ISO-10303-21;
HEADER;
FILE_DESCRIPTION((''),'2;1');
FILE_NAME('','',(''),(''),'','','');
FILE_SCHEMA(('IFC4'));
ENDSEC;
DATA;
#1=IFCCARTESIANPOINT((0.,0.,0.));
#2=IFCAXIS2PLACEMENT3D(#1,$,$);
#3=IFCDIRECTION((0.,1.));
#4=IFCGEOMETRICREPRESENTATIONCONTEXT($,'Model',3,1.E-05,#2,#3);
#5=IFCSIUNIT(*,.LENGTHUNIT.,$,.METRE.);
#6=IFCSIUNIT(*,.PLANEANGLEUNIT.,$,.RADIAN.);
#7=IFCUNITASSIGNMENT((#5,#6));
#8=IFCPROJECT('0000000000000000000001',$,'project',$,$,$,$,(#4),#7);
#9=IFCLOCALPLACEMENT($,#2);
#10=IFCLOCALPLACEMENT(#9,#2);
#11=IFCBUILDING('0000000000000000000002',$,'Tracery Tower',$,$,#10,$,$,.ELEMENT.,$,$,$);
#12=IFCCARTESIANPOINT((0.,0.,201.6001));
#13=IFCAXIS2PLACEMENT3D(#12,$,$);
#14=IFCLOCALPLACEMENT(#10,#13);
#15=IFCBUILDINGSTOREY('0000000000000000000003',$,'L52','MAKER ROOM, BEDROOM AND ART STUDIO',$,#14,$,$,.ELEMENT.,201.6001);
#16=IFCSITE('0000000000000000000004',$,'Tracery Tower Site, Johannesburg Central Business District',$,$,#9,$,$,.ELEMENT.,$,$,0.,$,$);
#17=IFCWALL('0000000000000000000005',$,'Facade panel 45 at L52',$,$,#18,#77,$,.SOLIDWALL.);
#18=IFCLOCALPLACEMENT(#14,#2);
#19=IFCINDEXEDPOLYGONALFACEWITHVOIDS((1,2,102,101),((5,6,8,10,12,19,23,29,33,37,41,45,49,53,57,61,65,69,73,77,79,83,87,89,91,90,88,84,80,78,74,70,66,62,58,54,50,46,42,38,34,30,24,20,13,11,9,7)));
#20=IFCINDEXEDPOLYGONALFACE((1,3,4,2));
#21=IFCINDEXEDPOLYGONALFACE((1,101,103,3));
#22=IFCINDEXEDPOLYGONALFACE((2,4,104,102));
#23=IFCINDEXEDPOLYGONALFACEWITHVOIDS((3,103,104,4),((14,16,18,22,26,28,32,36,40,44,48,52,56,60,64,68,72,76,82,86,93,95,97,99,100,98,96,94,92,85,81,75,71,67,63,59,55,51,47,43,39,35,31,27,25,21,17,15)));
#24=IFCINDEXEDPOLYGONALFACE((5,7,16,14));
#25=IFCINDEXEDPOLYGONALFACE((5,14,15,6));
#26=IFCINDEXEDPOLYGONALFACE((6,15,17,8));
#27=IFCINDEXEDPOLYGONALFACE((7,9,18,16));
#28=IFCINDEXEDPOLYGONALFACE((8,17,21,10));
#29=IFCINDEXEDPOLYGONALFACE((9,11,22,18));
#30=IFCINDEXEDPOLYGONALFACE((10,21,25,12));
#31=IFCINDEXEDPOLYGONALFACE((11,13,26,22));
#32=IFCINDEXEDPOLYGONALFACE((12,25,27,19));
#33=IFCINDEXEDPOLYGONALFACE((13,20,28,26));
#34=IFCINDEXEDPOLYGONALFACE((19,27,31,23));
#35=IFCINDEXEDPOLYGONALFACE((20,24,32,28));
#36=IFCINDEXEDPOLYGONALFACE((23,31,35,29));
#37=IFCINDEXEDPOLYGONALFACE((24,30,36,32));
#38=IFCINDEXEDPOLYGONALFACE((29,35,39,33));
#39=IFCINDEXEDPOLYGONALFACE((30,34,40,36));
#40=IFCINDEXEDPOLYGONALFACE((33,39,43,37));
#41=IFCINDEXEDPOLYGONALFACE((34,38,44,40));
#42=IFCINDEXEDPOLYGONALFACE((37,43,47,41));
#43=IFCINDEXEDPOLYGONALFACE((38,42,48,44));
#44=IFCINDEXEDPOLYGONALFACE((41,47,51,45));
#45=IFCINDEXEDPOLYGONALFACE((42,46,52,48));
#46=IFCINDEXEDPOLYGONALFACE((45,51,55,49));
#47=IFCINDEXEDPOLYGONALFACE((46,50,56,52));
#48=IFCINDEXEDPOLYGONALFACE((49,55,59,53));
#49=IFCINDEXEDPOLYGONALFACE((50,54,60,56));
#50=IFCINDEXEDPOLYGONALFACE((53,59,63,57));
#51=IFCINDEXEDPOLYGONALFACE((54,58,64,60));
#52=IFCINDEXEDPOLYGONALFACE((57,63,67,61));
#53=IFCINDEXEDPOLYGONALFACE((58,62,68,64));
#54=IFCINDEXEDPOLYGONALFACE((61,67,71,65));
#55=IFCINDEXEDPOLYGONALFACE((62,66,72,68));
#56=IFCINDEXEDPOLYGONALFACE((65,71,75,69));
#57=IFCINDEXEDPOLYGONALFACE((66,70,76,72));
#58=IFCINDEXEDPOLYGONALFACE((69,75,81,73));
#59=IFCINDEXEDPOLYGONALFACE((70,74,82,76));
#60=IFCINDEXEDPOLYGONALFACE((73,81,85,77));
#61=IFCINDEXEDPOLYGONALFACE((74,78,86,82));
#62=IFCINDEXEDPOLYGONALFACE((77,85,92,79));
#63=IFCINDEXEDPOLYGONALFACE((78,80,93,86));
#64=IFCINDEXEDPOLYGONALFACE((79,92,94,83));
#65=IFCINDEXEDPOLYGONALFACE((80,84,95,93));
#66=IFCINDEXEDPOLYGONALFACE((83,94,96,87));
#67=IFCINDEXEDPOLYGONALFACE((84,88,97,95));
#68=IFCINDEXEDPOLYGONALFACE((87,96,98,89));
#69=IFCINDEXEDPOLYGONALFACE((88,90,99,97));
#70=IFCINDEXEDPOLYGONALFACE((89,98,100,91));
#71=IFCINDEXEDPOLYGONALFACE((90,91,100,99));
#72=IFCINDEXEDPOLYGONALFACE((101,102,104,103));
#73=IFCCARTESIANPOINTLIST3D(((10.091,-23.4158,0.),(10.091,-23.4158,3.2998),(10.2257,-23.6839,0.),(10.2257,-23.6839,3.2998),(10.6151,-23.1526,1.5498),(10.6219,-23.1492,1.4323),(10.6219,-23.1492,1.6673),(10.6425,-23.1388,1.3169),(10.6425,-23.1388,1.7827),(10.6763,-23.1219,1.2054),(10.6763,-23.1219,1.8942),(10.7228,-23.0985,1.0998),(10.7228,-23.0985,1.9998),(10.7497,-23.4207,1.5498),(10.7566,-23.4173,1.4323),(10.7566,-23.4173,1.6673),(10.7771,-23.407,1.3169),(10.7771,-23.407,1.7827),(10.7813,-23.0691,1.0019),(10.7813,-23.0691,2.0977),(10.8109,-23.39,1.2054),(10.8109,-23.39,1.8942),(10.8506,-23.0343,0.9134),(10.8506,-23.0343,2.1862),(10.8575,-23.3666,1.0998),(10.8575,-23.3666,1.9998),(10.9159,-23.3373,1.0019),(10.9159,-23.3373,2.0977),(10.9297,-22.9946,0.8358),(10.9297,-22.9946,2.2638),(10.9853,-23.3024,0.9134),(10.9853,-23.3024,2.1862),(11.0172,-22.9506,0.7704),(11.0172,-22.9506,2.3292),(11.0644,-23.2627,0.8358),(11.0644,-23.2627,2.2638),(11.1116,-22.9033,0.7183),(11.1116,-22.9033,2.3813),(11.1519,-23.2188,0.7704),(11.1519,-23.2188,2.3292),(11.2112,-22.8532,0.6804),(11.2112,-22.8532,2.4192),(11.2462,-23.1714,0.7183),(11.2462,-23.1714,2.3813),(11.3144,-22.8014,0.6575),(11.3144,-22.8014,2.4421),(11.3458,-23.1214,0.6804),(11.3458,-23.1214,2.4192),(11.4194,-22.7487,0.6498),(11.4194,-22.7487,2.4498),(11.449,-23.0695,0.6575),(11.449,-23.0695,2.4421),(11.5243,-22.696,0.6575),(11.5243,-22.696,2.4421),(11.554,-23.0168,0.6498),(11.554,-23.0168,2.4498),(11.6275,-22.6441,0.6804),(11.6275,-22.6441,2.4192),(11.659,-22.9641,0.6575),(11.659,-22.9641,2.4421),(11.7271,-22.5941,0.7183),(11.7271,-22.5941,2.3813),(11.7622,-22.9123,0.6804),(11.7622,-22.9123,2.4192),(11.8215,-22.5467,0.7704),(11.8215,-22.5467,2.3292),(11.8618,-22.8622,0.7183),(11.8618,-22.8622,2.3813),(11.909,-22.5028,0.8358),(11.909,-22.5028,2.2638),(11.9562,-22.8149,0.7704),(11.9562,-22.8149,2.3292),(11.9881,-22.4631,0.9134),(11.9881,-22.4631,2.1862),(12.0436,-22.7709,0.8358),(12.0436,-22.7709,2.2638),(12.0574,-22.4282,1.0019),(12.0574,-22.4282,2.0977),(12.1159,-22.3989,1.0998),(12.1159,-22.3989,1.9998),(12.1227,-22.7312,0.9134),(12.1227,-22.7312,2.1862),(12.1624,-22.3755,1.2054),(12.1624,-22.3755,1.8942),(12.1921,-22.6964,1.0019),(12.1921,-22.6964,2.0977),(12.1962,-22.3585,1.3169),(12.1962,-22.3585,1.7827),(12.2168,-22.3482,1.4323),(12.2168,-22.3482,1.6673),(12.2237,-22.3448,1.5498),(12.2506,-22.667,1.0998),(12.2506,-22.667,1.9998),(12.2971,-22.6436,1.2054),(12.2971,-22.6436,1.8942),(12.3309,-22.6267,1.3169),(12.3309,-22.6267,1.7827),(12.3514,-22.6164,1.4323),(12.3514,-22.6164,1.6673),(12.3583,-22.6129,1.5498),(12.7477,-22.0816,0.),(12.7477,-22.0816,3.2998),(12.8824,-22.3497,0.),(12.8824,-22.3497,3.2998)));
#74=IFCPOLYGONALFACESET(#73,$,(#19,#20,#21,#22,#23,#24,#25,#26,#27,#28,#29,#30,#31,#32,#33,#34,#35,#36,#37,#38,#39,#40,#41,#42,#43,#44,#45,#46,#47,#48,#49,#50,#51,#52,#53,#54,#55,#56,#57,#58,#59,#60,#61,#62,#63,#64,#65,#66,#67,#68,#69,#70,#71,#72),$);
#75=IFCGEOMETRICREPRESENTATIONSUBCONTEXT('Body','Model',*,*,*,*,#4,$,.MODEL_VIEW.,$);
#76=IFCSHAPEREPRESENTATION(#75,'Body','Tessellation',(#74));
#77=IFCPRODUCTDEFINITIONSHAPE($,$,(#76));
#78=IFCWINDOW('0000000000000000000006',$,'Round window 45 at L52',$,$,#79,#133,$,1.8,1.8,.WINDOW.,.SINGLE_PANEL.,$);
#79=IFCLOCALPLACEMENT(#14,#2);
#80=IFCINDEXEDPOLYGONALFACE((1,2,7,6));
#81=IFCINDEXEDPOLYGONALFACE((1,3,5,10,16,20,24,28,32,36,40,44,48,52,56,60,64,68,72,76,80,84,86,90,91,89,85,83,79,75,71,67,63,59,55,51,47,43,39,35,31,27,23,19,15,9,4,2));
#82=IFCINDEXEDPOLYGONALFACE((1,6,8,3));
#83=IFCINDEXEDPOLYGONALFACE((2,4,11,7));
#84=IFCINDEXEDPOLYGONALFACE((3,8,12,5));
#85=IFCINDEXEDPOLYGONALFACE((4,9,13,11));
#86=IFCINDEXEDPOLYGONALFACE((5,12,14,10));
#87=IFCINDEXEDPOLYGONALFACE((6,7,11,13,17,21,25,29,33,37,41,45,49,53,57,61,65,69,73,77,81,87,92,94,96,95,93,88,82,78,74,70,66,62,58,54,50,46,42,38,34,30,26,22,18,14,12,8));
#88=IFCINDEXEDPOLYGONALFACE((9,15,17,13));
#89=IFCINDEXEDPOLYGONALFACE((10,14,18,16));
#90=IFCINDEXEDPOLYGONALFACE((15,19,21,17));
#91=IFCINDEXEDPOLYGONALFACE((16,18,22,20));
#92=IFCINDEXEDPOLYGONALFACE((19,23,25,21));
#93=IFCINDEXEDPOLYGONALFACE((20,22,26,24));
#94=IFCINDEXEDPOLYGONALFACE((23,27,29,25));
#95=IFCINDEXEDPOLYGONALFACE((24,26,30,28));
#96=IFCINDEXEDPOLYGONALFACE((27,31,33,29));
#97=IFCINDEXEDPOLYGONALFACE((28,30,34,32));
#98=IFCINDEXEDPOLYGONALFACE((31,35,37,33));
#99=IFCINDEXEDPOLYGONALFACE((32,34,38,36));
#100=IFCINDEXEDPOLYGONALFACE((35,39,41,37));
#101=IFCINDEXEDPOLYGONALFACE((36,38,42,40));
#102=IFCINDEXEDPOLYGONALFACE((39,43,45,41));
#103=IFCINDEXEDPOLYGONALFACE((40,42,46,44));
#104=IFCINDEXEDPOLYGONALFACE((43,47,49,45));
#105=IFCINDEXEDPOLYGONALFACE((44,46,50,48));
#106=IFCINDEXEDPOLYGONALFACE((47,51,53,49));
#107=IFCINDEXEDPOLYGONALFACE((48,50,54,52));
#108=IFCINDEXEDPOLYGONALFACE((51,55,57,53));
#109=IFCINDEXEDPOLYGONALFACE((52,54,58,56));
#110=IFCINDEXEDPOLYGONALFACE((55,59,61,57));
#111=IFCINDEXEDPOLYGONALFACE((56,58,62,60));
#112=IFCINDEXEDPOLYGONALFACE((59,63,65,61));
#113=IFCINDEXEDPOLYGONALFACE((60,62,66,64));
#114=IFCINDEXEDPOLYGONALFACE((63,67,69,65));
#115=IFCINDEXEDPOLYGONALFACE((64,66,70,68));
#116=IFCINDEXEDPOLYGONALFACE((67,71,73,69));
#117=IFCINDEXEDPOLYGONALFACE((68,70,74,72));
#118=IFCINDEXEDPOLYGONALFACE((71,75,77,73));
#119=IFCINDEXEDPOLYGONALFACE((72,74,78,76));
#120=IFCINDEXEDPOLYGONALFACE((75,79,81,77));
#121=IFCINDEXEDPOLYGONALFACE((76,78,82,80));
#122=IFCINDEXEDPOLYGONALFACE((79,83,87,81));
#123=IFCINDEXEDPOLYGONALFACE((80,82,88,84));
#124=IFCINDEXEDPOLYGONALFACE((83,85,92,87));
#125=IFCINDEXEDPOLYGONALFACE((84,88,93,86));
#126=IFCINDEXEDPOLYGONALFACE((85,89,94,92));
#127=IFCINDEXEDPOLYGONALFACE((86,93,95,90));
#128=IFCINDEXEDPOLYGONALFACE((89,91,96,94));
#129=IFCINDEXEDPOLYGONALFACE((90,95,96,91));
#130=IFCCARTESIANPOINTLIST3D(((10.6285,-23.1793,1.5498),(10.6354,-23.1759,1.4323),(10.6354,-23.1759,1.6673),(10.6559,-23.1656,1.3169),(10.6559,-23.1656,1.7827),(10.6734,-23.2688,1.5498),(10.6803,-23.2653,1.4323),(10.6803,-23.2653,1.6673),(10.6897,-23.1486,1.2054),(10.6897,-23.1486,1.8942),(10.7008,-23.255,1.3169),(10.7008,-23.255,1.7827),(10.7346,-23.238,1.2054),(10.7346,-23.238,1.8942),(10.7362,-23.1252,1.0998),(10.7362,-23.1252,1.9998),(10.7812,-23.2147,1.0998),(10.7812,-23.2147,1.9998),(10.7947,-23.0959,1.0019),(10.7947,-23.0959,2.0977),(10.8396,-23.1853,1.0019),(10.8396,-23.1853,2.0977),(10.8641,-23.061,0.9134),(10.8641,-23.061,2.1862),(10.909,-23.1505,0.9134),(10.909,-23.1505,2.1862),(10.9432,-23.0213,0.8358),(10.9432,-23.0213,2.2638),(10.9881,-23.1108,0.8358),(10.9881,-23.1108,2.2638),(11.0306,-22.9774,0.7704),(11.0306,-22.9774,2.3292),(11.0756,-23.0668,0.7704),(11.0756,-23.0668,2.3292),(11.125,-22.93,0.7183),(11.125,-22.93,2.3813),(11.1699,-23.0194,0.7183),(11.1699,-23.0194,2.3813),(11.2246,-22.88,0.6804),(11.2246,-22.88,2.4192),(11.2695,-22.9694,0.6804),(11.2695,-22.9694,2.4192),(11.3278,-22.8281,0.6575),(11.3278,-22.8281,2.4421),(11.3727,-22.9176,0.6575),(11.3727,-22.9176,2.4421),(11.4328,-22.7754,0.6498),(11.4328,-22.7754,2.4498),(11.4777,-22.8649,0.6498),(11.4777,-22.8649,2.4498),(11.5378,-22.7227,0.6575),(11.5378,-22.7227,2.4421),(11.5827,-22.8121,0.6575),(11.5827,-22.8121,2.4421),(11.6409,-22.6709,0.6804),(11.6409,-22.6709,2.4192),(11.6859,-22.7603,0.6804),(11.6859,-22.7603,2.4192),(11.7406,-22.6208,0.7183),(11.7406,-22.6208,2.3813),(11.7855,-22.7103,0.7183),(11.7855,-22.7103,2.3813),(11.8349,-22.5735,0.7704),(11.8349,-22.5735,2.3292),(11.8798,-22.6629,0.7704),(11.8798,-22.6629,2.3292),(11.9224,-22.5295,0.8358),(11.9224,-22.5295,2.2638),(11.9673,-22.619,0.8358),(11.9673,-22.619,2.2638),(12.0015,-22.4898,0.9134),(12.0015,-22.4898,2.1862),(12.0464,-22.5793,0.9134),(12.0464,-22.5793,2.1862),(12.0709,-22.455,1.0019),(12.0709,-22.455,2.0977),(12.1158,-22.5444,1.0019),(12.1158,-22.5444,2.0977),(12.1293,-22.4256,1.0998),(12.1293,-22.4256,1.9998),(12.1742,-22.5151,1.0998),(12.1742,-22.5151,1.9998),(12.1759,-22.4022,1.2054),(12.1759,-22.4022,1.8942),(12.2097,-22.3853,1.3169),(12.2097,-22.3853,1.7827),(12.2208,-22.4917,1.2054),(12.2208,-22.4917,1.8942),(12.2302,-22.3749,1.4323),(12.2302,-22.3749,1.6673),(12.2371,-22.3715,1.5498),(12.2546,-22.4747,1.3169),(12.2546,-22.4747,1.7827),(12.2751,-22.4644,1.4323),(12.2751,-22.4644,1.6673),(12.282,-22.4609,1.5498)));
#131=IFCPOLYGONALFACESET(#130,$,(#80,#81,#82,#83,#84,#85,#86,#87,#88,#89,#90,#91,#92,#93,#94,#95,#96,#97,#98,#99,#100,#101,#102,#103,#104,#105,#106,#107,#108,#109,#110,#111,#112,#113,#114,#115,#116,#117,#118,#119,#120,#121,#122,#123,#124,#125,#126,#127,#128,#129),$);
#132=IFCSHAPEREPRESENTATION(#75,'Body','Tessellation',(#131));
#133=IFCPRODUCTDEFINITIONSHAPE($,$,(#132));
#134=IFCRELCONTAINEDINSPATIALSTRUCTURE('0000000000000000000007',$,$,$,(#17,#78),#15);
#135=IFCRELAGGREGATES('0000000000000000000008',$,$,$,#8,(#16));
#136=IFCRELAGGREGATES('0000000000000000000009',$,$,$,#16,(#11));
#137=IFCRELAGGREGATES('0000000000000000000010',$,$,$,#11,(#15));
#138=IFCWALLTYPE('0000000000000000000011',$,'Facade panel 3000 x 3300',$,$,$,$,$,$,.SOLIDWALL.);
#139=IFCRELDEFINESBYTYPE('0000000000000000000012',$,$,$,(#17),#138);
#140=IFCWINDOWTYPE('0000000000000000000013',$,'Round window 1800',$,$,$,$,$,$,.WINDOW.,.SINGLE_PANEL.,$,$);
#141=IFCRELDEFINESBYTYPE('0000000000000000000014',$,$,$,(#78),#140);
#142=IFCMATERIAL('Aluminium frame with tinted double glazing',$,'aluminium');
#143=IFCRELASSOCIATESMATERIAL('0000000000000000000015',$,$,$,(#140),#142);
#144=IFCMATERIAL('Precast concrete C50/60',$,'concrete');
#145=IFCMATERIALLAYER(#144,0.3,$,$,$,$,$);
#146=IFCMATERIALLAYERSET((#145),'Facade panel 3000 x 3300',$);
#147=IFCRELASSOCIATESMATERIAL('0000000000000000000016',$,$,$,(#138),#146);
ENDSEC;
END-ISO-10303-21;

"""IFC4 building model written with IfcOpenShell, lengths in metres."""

from ifc_helpers import new_model, si_unit, direction, frame, frame_2d, origin, origin_2d, place, context, subcontext, project, spatial, rectangle, circle, extrude, material, layer, layer_set, type_object, element, fill, save


model = new_model("IFC4")

# Units and contexts
model_context = context("Model", 3, precision=1e-05, world=origin(), true_north=direction((0.0, 1.0)))
body_context = subcontext(model_context, "Body", "Model", "MODEL_VIEW")
ifc_project = project(units=[si_unit("LENGTHUNIT", "METRE"), si_unit("PLANEANGLEUNIT", "RADIAN")], contexts=[model_context])

# Site, building, storey
site_placement = place(None, origin())
site = spatial("IfcSite", under=ifc_project, at=site_placement, Name="Tracery Tower Site, Johannesburg Central Business District", CompositionType="ELEMENT", RefElevation=0.0)
building_placement = place(site_placement, origin())
building = spatial("IfcBuilding", under=site, at=building_placement, Name="Tracery Tower", CompositionType="ELEMENT")
storey_placement = place(building_placement, frame((0.0, 0.0, 201.6001)))
storey = spatial("IfcBuildingStorey", under=building, at=storey_placement, Name="L52", Description="MAKER ROOM, BEDROOM AND ART STUDIO", CompositionType="ELEMENT", Elevation=201.6001)

# Wall, opening, window
ifc_material_1 = material(Name="Aluminium frame with tinted double glazing", Category="aluminium")
window_type = type_object("IfcWindowType", Name="Round window 1800", PartitioningType="SINGLE_PANEL", PredefinedType="WINDOW", material=ifc_material_1)
ifc_material_2 = material(Name="Precast concrete C50/60", Category="concrete")
ifc_layer_1 = layer(ifc_material_2, 0.3)
ifc_layer_set_1 = layer_set([ifc_layer_1], Name="Facade panel 3000 x 3300")
wall_type_1 = type_object("IfcWallType", Name="Facade panel 3000 x 3300", PredefinedType="SOLIDWALL", material=ifc_layer_set_1)
wall_1_placement = place(storey_placement, frame((10.1584, -23.5498, 0.0), z_axis=(0.0, 0.0, 1.0), x_axis=(0.893637, 0.44879, 0.0)))
wall_1 = element("IfcWall", 1, at=wall_1_placement, inside=storey, type_object=wall_type_1, Name="Facade panel 45 at L52", PredefinedType="SOLIDWALL", context=body_context, shape_type="SweptSolid", body=[
    extrude(rectangle(XDim=2.9729, YDim=0.3, at=frame_2d((1.4863, 0.0))), origin(), (0.0, 0.0, 1.0), 3.2998),
])
opening_1_placement = place(wall_1_placement, frame((1.4863, 0.0, 1.5498)))
opening_1 = element("IfcOpeningElement", 2, at=opening_1_placement, cuts=wall_1, PredefinedType="OPENING", context=body_context, shape_type="SweptSolid", body=[
    extrude(circle(Radius=0.9, at=origin_2d()), frame((0.0, 0.1599, 0.0), z_axis=(0.0, -1.0, 0.0), x_axis=(1.0, 0.0, 0.0)), (0.0, 0.0, 1.0), 0.3201),
])
window_1_placement = place(opening_1_placement, origin())
window_1 = element("IfcWindow", 3, at=window_1_placement, inside=storey, type_object=window_type, Name="Round window 45 at L52", OverallHeight=1.8, OverallWidth=1.8, PartitioningType="SINGLE_PANEL", PredefinedType="WINDOW", context=body_context, shape_type="SweptSolid", body=[
    extrude(circle(Radius=0.9, at=origin_2d()), frame((0.0, 0.1201, 0.0), z_axis=(0.0, -1.0, 0.0), x_axis=(1.0, 0.0, 0.0)), (0.0, 0.0, 1.0), 0.1001),
])
fill(opening_1, window_1)

save(model, "model.ifc")
